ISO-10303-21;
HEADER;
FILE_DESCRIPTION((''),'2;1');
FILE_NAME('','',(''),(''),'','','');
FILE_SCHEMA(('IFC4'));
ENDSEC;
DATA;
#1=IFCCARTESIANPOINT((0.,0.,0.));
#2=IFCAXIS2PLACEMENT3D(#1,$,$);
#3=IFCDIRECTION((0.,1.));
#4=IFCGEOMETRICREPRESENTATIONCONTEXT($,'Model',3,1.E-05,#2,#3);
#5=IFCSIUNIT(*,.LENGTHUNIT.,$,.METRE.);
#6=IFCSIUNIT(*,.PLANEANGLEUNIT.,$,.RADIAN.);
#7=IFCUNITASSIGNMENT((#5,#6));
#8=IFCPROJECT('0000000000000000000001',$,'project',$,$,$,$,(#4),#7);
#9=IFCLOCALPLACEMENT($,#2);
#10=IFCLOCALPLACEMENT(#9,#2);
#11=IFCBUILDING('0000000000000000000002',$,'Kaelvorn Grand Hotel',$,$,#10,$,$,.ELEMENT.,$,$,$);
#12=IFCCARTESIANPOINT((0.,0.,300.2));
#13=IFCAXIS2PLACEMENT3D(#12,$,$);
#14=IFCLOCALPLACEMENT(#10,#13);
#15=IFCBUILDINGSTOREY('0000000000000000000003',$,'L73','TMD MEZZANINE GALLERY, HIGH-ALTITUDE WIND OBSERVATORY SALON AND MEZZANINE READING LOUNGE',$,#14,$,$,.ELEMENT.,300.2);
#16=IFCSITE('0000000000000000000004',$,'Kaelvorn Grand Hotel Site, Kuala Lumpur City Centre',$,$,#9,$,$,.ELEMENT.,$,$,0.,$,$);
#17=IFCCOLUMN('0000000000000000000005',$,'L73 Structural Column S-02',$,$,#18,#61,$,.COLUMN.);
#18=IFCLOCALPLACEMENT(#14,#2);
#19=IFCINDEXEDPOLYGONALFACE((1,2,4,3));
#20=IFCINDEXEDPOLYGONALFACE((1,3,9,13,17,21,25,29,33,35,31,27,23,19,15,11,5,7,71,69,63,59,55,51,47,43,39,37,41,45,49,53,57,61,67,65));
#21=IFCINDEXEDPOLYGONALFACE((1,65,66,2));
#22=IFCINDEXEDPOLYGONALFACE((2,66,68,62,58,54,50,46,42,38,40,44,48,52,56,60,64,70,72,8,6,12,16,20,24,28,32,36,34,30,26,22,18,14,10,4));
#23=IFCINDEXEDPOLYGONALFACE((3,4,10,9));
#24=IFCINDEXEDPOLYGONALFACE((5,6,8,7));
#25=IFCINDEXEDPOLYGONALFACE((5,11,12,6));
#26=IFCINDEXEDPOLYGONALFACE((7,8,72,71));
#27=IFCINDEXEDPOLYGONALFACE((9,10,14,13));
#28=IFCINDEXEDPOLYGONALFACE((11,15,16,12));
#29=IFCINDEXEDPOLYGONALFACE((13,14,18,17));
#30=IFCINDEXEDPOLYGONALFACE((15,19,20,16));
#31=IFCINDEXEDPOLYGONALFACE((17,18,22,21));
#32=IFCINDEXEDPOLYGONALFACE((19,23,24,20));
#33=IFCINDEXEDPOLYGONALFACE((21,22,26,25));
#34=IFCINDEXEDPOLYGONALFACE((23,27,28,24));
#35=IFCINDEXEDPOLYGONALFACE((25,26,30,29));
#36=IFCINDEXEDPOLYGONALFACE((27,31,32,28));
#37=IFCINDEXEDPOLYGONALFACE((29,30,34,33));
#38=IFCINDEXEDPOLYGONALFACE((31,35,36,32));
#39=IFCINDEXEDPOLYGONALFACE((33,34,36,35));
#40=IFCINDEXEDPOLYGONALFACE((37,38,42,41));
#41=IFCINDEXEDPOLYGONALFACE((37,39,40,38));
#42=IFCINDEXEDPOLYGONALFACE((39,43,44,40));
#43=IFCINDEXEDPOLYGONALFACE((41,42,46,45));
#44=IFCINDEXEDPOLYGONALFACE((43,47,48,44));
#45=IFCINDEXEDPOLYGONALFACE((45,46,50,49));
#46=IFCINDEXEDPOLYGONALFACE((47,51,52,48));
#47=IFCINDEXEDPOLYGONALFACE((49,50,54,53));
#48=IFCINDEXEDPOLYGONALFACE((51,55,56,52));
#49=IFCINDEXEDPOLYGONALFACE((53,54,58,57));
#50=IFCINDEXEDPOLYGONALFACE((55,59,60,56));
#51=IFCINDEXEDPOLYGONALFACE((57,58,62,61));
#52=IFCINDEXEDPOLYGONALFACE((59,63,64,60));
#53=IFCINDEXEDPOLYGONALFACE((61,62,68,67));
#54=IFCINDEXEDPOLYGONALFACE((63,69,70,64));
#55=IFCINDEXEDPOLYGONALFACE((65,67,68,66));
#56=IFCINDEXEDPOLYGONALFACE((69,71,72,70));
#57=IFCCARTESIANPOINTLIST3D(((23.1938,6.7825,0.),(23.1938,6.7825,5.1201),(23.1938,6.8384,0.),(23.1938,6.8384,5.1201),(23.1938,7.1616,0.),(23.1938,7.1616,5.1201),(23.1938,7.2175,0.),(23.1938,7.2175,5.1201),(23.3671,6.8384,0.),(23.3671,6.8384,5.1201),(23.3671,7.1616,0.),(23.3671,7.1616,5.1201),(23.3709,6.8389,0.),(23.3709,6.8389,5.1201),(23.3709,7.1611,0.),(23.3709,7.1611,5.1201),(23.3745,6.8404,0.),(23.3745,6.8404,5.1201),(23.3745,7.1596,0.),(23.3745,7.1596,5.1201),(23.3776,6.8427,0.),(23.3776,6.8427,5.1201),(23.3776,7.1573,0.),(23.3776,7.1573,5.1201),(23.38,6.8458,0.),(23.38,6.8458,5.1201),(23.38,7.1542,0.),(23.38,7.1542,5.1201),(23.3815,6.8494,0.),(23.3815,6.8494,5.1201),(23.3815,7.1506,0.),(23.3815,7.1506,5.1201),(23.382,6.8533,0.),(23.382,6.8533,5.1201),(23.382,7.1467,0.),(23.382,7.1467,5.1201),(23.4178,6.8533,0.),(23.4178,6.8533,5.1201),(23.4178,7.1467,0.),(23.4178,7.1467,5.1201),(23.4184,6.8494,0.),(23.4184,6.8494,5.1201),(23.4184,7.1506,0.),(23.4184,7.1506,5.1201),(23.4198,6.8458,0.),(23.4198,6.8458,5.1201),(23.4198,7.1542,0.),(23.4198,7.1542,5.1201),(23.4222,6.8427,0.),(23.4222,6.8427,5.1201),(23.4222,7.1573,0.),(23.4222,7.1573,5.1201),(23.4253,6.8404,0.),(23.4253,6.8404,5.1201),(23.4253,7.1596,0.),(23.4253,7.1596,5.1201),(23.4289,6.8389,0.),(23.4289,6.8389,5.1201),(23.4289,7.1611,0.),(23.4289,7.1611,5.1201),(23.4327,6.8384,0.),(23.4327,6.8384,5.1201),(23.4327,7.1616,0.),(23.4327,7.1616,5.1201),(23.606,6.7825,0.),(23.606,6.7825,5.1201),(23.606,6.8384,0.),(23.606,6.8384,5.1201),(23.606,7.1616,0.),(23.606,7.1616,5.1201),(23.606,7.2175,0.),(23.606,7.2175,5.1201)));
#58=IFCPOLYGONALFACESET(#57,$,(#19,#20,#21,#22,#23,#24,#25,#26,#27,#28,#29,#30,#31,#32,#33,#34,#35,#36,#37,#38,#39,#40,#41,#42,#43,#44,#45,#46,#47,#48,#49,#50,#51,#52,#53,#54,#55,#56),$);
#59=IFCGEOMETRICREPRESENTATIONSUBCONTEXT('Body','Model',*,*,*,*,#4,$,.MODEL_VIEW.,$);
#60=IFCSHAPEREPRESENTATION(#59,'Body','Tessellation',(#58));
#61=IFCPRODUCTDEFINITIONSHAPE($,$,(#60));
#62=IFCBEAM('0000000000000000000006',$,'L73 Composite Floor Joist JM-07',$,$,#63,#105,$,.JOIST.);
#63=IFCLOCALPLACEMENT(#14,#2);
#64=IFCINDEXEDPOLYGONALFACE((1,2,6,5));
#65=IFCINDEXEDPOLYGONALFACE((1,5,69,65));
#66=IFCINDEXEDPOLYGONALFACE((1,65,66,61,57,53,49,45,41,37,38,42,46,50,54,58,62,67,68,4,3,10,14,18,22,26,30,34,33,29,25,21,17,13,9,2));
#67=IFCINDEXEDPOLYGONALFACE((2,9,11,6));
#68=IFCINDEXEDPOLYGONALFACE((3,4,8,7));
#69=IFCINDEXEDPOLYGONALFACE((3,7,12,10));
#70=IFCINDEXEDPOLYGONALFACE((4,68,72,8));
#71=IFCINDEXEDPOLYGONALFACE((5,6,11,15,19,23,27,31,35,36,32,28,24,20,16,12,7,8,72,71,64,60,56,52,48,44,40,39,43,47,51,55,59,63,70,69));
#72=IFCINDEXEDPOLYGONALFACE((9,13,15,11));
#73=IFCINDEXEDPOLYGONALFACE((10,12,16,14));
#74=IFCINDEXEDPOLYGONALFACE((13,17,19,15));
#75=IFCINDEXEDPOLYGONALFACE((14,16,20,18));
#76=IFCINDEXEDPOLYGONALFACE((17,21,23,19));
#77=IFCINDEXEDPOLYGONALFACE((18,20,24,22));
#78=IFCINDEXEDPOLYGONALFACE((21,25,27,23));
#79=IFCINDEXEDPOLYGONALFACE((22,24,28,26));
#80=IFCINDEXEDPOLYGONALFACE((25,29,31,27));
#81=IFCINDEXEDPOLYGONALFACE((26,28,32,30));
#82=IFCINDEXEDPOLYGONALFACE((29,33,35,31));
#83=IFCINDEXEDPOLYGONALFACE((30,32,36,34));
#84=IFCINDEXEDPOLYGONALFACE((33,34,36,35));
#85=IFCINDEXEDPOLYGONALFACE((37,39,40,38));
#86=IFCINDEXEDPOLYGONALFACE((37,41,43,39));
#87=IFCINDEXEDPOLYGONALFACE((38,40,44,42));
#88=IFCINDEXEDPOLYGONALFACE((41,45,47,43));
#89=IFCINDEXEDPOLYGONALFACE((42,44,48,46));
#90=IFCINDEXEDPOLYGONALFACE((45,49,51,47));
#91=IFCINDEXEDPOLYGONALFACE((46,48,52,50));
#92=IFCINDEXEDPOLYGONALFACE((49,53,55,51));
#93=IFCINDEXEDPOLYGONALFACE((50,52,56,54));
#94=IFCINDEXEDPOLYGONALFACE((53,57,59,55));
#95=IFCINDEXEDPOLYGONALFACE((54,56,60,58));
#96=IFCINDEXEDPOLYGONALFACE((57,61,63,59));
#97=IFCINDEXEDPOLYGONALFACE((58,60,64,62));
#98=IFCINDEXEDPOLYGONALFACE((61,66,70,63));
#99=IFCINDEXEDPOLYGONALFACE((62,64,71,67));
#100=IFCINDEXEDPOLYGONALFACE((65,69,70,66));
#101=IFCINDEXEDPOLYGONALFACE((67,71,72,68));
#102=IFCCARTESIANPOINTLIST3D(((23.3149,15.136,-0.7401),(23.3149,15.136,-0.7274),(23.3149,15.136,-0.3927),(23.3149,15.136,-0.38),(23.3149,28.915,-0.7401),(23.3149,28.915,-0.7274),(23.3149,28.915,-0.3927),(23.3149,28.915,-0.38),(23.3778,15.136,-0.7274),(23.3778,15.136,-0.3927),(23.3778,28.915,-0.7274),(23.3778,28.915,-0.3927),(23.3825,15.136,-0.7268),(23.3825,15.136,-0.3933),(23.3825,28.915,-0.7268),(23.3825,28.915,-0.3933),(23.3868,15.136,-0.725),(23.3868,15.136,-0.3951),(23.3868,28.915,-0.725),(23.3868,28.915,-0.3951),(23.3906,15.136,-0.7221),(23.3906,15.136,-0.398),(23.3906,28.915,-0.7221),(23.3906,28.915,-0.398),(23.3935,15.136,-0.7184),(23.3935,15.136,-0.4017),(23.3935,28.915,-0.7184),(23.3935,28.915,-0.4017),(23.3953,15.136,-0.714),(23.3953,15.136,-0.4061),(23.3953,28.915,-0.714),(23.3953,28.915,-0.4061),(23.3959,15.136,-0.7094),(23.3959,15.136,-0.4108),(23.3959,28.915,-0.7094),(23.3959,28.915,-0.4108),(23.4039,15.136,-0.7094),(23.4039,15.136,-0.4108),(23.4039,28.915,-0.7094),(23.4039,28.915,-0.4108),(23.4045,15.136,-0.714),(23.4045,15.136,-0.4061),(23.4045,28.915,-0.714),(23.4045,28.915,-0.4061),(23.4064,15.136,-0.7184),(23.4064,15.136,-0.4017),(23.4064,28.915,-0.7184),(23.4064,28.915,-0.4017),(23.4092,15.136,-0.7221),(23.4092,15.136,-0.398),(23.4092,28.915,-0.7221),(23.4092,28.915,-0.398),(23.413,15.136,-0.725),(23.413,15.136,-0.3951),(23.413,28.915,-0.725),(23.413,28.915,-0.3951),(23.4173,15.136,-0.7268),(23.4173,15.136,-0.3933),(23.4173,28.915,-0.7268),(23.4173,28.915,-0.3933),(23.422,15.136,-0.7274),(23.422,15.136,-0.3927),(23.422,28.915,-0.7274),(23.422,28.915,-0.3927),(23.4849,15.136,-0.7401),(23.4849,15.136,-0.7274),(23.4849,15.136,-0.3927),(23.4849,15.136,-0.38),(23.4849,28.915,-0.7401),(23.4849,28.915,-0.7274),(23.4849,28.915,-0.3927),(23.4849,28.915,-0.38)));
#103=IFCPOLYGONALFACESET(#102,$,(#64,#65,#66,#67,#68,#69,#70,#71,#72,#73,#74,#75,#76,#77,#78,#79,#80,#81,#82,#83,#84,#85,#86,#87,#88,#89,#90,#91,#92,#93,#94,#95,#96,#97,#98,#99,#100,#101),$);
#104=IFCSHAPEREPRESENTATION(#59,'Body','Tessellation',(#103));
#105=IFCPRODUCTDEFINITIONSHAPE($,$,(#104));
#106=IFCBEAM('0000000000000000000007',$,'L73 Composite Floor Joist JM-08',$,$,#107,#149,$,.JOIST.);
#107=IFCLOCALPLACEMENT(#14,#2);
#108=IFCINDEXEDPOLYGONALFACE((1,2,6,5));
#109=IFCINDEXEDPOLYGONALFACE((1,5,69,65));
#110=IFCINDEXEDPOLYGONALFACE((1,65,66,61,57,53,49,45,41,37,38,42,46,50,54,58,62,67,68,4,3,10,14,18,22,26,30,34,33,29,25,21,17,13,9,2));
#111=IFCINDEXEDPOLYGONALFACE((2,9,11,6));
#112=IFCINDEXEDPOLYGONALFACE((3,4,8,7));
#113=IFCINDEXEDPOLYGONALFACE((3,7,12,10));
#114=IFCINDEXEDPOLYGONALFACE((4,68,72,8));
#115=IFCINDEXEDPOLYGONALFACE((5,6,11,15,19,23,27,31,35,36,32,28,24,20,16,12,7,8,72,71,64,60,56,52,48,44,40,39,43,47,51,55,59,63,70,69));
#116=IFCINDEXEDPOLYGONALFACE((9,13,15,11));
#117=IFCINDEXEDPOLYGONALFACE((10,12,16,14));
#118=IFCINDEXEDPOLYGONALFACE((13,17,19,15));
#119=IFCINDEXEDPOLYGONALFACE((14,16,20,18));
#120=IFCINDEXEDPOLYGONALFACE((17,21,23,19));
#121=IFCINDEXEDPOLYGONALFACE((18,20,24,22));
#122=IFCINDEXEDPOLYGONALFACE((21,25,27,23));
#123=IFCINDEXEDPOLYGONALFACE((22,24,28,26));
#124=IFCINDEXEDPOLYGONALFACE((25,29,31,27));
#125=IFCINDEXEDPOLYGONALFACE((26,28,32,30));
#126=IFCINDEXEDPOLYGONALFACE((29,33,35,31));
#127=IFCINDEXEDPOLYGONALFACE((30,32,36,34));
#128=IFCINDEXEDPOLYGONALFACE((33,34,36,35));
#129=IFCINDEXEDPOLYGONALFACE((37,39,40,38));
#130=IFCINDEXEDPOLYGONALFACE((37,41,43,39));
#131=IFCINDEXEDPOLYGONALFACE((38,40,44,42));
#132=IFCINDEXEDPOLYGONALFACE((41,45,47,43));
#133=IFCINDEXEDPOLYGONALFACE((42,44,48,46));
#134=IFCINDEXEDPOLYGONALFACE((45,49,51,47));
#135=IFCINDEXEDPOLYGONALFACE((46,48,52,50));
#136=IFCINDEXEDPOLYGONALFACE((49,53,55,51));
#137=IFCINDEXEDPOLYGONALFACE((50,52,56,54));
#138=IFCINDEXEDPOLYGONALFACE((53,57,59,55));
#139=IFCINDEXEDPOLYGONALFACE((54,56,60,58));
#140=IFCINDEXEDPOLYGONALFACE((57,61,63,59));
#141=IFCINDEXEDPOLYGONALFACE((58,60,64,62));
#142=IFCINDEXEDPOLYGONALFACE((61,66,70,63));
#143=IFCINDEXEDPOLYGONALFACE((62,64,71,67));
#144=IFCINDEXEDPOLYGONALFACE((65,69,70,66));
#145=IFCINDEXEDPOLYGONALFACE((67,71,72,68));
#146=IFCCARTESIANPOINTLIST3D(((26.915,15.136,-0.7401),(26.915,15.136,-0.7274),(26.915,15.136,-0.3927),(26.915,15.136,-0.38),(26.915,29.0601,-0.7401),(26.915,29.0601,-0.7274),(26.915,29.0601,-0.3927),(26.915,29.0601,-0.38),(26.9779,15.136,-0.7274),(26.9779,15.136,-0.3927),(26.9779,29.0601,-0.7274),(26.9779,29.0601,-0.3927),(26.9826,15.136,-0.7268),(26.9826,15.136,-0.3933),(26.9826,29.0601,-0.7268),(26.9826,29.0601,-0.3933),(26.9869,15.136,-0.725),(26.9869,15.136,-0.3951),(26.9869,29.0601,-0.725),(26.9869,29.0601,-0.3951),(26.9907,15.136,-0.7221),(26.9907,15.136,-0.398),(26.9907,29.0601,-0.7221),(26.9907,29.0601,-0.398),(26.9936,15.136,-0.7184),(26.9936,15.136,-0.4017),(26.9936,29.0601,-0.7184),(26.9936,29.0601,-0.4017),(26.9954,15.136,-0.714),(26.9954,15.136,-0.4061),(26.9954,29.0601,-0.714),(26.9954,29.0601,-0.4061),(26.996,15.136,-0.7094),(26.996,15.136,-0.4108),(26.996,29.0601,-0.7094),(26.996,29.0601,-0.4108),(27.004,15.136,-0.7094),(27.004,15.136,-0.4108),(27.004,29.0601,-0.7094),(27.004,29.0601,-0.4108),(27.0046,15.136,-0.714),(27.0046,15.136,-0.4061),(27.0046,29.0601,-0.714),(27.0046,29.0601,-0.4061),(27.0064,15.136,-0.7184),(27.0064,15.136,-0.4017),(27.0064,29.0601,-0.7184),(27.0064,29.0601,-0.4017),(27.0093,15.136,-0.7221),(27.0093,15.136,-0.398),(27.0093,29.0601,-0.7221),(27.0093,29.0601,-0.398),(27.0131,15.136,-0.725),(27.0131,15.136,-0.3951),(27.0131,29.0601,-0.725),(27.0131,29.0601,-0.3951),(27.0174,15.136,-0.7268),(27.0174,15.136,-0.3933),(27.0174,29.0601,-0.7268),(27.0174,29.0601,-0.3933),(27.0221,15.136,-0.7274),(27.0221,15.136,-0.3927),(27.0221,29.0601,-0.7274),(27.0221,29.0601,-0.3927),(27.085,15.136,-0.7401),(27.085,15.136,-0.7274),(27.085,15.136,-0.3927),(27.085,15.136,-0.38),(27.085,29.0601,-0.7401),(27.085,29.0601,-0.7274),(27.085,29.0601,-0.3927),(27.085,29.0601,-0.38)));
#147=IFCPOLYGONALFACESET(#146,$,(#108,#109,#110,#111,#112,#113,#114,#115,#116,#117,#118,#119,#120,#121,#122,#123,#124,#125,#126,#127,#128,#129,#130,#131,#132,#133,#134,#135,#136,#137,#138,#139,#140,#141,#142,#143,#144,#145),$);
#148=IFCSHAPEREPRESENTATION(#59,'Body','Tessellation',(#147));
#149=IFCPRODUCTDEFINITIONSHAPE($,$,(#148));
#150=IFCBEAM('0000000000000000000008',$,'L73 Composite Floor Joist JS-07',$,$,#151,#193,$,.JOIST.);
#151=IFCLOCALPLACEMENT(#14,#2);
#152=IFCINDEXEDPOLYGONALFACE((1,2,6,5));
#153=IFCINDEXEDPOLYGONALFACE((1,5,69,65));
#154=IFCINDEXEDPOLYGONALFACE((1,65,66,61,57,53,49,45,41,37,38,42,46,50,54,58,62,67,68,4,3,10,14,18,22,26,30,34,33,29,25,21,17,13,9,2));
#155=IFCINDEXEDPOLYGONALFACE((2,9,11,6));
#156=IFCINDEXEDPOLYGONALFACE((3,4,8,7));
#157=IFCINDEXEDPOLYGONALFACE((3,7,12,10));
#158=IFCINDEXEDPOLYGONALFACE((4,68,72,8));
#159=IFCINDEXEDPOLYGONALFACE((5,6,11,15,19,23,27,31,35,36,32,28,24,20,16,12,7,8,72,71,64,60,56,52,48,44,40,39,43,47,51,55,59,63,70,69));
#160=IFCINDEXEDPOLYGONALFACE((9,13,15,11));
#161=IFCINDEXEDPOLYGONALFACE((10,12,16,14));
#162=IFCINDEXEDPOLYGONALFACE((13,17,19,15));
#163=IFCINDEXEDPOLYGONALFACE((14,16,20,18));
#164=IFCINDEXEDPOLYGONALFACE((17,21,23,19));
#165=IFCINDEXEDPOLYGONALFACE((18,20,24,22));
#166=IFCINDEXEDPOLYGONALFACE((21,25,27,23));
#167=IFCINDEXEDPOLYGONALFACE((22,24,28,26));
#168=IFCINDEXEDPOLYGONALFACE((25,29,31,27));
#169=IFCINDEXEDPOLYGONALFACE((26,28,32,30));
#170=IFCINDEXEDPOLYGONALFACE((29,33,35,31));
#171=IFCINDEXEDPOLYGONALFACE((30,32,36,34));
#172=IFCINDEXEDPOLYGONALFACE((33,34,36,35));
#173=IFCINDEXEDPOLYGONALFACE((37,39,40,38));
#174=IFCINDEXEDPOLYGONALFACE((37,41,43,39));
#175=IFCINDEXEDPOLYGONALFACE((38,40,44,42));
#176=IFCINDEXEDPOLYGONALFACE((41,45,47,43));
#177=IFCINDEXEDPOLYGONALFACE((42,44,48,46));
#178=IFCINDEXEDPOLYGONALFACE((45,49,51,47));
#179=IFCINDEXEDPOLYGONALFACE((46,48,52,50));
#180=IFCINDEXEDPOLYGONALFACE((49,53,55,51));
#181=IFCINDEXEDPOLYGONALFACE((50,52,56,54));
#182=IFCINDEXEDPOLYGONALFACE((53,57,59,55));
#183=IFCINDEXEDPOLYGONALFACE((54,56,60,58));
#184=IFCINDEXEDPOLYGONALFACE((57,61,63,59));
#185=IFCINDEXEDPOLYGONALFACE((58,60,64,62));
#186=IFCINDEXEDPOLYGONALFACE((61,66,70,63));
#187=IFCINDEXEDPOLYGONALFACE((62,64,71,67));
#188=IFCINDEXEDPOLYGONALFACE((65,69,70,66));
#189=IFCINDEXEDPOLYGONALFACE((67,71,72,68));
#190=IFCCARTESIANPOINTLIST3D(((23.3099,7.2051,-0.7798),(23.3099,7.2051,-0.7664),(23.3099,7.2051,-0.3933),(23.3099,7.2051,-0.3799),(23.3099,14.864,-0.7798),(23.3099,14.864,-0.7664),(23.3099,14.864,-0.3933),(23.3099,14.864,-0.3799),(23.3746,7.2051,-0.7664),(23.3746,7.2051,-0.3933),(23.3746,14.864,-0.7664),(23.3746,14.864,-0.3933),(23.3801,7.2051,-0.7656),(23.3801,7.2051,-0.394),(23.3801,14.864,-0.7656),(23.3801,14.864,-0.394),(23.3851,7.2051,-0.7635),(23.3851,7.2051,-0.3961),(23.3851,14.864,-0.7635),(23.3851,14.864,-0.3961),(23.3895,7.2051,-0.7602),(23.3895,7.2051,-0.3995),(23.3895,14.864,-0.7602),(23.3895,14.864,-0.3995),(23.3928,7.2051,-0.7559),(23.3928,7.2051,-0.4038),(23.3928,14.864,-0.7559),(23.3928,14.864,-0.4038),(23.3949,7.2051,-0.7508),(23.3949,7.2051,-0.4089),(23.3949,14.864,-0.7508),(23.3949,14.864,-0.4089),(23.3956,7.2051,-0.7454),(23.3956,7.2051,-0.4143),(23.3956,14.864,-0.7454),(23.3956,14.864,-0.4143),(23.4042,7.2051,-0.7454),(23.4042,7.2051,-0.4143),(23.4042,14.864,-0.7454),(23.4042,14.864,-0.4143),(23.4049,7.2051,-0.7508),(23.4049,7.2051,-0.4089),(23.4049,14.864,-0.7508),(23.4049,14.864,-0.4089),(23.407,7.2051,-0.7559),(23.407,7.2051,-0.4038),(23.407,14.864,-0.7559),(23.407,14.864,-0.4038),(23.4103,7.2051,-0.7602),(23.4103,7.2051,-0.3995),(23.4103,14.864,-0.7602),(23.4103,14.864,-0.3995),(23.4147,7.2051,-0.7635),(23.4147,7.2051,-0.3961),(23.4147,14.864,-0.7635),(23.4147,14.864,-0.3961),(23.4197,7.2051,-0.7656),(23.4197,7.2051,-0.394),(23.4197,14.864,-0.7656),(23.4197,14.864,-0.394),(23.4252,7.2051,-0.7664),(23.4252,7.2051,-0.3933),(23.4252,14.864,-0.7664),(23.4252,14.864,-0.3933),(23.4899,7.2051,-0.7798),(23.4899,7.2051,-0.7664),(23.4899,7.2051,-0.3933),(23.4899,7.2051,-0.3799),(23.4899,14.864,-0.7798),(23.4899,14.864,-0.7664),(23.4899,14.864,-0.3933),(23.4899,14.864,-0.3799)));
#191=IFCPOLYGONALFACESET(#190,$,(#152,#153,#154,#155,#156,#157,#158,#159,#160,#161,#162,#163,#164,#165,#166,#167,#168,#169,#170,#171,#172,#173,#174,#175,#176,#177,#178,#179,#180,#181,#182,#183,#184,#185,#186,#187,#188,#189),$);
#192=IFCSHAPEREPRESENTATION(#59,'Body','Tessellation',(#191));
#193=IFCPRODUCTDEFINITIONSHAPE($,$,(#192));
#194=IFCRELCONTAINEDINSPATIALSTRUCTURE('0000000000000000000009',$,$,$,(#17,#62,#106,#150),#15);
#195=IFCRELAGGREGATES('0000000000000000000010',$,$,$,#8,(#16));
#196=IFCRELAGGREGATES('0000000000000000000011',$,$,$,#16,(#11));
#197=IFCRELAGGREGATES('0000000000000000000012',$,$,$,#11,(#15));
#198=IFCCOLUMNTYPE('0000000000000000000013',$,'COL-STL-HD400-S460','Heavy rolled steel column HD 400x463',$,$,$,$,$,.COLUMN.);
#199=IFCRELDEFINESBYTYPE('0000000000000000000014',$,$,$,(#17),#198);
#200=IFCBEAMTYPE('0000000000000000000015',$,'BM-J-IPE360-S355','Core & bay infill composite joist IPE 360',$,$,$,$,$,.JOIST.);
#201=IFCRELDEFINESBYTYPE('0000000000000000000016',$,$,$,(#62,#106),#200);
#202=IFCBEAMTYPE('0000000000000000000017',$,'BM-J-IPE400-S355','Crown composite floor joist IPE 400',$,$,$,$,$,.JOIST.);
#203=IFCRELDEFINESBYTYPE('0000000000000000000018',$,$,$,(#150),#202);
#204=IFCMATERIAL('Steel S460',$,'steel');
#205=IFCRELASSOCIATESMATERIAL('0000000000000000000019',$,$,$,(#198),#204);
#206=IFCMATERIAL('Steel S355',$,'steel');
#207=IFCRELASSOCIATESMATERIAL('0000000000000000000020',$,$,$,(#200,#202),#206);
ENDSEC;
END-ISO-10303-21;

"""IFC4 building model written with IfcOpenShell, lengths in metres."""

from ifc_helpers import new_model, si_unit, direction, frame, origin, origin_2d, place, context, subcontext, project, spatial, i_section, extrude, material, material_profile, profile_set, type_object, element, save


model = new_model("IFC4")

# Units and contexts
model_context = context("Model", 3, precision=1e-05, world=origin(), true_north=direction((0.0, 1.0)))
body_context = subcontext(model_context, "Body", "Model", "MODEL_VIEW")
ifc_project = project(units=[si_unit("LENGTHUNIT", "METRE"), si_unit("PLANEANGLEUNIT", "RADIAN")], contexts=[model_context])

# Site, building, storey
site_placement = place(None, origin())
site = spatial("IfcSite", under=ifc_project, at=site_placement, Name="Kaelvorn Grand Hotel Site, Kuala Lumpur City Centre", CompositionType="ELEMENT", RefElevation=0.0)
building_placement = place(site_placement, origin())
building = spatial("IfcBuilding", under=site, at=building_placement, Name="Kaelvorn Grand Hotel", CompositionType="ELEMENT")
storey_placement = place(building_placement, frame((0.0, 0.0, 300.2)))
storey = spatial("IfcBuildingStorey", under=building, at=storey_placement, Name="L73", Description="TMD MEZZANINE GALLERY, HIGH-ALTITUDE WIND OBSERVATORY SALON AND MEZZANINE READING LOUNGE", CompositionType="ELEMENT", Elevation=300.2)

# Column
ifc_material_1 = material(Name="Steel S460", Category="steel")
ifc_material_profile_1 = material_profile(ifc_material_1, i_section(OverallWidth=0.4121, OverallDepth=0.4351, WebThickness=0.0359, FlangeThickness=0.0559, FilletRadius=0.0149, at=origin_2d()), Name="HD 400x463")
ifc_profile_set_1 = profile_set([ifc_material_profile_1], Name="Steel S460")
column_type = type_object("IfcColumnType", Name="COL-STL-HD400-S460", Description="Heavy rolled steel column HD 400x463", PredefinedType="COLUMN", material=ifc_profile_set_1)
column_placement = place(storey_placement, frame((23.3999, 7.0, 0.0), z_axis=(0.0, 0.0, 1.0), x_axis=(1.0, 0.0, 0.0)))
element("IfcColumn", 1, at=column_placement, inside=storey, type_object=column_type, Name="L73 Structural Column S-02", PredefinedType="COLUMN", context=body_context, shape_type="SweptSolid", body=[
    extrude(i_section(OverallWidth=0.4121, OverallDepth=0.4351, WebThickness=0.0359, FlangeThickness=0.0559, FilletRadius=0.0149, at=origin_2d()), origin(), (0.0, 0.0, 1.0), 5.1201),
])

# Beams
ifc_material_2 = material(Name="Steel S355", Category="steel")
ifc_material_profile_2 = material_profile(ifc_material_2, i_section(OverallWidth=0.1699, OverallDepth=0.3601, WebThickness=0.0081, FlangeThickness=0.0127, FilletRadius=0.0181, at=origin_2d()), Name="IPE 360")
ifc_profile_set_2 = profile_set([ifc_material_profile_2], Name="Steel S355")
beam_type_1 = type_object("IfcBeamType", Name="BM-J-IPE360-S355", Description="Core & bay infill composite joist IPE 360", PredefinedType="JOIST", material=ifc_profile_set_2)
beam_1_placement = place(storey_placement, frame((23.3999, 15.136, -0.5601), z_axis=(0.0, 1.0, 0.0), x_axis=(-1.0, 0.0, 0.0)))
element("IfcBeam", 2, at=beam_1_placement, inside=storey, type_object=beam_type_1, Name="L73 Composite Floor Joist JM-07", PredefinedType="JOIST", context=body_context, shape_type="SweptSolid", body=[
    extrude(i_section(OverallWidth=0.1699, OverallDepth=0.3601, WebThickness=0.0081, FlangeThickness=0.0127, FilletRadius=0.0181, at=origin_2d()), origin(), (0.0, 0.0, 1.0), 13.7791),
])
beam_2_placement = place(storey_placement, frame((27.0, 15.136, -0.5601), z_axis=(0.0, 1.0, 0.0), x_axis=(-1.0, 0.0, 0.0)))
element("IfcBeam", 3, at=beam_2_placement, inside=storey, type_object=beam_type_1, Name="L73 Composite Floor Joist JM-08", PredefinedType="JOIST", context=body_context, shape_type="SweptSolid", body=[
    extrude(i_section(OverallWidth=0.1699, OverallDepth=0.3601, WebThickness=0.0081, FlangeThickness=0.0127, FilletRadius=0.0181, at=origin_2d()), origin(), (0.0, 0.0, 1.0), 13.9241),
])
ifc_material_profile_3 = material_profile(ifc_material_2, i_section(OverallWidth=0.1799, OverallDepth=0.3999, WebThickness=0.0085, FlangeThickness=0.0134, FilletRadius=0.021, at=origin_2d()), Name="IPE 400")
ifc_profile_set_3 = profile_set([ifc_material_profile_3], Name="Steel S355")
beam_type_2 = type_object("IfcBeamType", Name="BM-J-IPE400-S355", Description="Crown composite floor joist IPE 400", PredefinedType="JOIST", material=ifc_profile_set_3)
beam_3_placement = place(storey_placement, frame((23.3999, 7.2051, -0.5798), z_axis=(0.0, 1.0, 0.0), x_axis=(-1.0, 0.0, 0.0)))
element("IfcBeam", 4, at=beam_3_placement, inside=storey, type_object=beam_type_2, Name="L73 Composite Floor Joist JS-07", PredefinedType="JOIST", context=body_context, shape_type="SweptSolid", body=[
    extrude(i_section(OverallWidth=0.1799, OverallDepth=0.3999, WebThickness=0.0085, FlangeThickness=0.0134, FilletRadius=0.021, at=origin_2d()), origin(), (0.0, 0.0, 1.0), 7.6589),
])

save(model, "model.ifc")
